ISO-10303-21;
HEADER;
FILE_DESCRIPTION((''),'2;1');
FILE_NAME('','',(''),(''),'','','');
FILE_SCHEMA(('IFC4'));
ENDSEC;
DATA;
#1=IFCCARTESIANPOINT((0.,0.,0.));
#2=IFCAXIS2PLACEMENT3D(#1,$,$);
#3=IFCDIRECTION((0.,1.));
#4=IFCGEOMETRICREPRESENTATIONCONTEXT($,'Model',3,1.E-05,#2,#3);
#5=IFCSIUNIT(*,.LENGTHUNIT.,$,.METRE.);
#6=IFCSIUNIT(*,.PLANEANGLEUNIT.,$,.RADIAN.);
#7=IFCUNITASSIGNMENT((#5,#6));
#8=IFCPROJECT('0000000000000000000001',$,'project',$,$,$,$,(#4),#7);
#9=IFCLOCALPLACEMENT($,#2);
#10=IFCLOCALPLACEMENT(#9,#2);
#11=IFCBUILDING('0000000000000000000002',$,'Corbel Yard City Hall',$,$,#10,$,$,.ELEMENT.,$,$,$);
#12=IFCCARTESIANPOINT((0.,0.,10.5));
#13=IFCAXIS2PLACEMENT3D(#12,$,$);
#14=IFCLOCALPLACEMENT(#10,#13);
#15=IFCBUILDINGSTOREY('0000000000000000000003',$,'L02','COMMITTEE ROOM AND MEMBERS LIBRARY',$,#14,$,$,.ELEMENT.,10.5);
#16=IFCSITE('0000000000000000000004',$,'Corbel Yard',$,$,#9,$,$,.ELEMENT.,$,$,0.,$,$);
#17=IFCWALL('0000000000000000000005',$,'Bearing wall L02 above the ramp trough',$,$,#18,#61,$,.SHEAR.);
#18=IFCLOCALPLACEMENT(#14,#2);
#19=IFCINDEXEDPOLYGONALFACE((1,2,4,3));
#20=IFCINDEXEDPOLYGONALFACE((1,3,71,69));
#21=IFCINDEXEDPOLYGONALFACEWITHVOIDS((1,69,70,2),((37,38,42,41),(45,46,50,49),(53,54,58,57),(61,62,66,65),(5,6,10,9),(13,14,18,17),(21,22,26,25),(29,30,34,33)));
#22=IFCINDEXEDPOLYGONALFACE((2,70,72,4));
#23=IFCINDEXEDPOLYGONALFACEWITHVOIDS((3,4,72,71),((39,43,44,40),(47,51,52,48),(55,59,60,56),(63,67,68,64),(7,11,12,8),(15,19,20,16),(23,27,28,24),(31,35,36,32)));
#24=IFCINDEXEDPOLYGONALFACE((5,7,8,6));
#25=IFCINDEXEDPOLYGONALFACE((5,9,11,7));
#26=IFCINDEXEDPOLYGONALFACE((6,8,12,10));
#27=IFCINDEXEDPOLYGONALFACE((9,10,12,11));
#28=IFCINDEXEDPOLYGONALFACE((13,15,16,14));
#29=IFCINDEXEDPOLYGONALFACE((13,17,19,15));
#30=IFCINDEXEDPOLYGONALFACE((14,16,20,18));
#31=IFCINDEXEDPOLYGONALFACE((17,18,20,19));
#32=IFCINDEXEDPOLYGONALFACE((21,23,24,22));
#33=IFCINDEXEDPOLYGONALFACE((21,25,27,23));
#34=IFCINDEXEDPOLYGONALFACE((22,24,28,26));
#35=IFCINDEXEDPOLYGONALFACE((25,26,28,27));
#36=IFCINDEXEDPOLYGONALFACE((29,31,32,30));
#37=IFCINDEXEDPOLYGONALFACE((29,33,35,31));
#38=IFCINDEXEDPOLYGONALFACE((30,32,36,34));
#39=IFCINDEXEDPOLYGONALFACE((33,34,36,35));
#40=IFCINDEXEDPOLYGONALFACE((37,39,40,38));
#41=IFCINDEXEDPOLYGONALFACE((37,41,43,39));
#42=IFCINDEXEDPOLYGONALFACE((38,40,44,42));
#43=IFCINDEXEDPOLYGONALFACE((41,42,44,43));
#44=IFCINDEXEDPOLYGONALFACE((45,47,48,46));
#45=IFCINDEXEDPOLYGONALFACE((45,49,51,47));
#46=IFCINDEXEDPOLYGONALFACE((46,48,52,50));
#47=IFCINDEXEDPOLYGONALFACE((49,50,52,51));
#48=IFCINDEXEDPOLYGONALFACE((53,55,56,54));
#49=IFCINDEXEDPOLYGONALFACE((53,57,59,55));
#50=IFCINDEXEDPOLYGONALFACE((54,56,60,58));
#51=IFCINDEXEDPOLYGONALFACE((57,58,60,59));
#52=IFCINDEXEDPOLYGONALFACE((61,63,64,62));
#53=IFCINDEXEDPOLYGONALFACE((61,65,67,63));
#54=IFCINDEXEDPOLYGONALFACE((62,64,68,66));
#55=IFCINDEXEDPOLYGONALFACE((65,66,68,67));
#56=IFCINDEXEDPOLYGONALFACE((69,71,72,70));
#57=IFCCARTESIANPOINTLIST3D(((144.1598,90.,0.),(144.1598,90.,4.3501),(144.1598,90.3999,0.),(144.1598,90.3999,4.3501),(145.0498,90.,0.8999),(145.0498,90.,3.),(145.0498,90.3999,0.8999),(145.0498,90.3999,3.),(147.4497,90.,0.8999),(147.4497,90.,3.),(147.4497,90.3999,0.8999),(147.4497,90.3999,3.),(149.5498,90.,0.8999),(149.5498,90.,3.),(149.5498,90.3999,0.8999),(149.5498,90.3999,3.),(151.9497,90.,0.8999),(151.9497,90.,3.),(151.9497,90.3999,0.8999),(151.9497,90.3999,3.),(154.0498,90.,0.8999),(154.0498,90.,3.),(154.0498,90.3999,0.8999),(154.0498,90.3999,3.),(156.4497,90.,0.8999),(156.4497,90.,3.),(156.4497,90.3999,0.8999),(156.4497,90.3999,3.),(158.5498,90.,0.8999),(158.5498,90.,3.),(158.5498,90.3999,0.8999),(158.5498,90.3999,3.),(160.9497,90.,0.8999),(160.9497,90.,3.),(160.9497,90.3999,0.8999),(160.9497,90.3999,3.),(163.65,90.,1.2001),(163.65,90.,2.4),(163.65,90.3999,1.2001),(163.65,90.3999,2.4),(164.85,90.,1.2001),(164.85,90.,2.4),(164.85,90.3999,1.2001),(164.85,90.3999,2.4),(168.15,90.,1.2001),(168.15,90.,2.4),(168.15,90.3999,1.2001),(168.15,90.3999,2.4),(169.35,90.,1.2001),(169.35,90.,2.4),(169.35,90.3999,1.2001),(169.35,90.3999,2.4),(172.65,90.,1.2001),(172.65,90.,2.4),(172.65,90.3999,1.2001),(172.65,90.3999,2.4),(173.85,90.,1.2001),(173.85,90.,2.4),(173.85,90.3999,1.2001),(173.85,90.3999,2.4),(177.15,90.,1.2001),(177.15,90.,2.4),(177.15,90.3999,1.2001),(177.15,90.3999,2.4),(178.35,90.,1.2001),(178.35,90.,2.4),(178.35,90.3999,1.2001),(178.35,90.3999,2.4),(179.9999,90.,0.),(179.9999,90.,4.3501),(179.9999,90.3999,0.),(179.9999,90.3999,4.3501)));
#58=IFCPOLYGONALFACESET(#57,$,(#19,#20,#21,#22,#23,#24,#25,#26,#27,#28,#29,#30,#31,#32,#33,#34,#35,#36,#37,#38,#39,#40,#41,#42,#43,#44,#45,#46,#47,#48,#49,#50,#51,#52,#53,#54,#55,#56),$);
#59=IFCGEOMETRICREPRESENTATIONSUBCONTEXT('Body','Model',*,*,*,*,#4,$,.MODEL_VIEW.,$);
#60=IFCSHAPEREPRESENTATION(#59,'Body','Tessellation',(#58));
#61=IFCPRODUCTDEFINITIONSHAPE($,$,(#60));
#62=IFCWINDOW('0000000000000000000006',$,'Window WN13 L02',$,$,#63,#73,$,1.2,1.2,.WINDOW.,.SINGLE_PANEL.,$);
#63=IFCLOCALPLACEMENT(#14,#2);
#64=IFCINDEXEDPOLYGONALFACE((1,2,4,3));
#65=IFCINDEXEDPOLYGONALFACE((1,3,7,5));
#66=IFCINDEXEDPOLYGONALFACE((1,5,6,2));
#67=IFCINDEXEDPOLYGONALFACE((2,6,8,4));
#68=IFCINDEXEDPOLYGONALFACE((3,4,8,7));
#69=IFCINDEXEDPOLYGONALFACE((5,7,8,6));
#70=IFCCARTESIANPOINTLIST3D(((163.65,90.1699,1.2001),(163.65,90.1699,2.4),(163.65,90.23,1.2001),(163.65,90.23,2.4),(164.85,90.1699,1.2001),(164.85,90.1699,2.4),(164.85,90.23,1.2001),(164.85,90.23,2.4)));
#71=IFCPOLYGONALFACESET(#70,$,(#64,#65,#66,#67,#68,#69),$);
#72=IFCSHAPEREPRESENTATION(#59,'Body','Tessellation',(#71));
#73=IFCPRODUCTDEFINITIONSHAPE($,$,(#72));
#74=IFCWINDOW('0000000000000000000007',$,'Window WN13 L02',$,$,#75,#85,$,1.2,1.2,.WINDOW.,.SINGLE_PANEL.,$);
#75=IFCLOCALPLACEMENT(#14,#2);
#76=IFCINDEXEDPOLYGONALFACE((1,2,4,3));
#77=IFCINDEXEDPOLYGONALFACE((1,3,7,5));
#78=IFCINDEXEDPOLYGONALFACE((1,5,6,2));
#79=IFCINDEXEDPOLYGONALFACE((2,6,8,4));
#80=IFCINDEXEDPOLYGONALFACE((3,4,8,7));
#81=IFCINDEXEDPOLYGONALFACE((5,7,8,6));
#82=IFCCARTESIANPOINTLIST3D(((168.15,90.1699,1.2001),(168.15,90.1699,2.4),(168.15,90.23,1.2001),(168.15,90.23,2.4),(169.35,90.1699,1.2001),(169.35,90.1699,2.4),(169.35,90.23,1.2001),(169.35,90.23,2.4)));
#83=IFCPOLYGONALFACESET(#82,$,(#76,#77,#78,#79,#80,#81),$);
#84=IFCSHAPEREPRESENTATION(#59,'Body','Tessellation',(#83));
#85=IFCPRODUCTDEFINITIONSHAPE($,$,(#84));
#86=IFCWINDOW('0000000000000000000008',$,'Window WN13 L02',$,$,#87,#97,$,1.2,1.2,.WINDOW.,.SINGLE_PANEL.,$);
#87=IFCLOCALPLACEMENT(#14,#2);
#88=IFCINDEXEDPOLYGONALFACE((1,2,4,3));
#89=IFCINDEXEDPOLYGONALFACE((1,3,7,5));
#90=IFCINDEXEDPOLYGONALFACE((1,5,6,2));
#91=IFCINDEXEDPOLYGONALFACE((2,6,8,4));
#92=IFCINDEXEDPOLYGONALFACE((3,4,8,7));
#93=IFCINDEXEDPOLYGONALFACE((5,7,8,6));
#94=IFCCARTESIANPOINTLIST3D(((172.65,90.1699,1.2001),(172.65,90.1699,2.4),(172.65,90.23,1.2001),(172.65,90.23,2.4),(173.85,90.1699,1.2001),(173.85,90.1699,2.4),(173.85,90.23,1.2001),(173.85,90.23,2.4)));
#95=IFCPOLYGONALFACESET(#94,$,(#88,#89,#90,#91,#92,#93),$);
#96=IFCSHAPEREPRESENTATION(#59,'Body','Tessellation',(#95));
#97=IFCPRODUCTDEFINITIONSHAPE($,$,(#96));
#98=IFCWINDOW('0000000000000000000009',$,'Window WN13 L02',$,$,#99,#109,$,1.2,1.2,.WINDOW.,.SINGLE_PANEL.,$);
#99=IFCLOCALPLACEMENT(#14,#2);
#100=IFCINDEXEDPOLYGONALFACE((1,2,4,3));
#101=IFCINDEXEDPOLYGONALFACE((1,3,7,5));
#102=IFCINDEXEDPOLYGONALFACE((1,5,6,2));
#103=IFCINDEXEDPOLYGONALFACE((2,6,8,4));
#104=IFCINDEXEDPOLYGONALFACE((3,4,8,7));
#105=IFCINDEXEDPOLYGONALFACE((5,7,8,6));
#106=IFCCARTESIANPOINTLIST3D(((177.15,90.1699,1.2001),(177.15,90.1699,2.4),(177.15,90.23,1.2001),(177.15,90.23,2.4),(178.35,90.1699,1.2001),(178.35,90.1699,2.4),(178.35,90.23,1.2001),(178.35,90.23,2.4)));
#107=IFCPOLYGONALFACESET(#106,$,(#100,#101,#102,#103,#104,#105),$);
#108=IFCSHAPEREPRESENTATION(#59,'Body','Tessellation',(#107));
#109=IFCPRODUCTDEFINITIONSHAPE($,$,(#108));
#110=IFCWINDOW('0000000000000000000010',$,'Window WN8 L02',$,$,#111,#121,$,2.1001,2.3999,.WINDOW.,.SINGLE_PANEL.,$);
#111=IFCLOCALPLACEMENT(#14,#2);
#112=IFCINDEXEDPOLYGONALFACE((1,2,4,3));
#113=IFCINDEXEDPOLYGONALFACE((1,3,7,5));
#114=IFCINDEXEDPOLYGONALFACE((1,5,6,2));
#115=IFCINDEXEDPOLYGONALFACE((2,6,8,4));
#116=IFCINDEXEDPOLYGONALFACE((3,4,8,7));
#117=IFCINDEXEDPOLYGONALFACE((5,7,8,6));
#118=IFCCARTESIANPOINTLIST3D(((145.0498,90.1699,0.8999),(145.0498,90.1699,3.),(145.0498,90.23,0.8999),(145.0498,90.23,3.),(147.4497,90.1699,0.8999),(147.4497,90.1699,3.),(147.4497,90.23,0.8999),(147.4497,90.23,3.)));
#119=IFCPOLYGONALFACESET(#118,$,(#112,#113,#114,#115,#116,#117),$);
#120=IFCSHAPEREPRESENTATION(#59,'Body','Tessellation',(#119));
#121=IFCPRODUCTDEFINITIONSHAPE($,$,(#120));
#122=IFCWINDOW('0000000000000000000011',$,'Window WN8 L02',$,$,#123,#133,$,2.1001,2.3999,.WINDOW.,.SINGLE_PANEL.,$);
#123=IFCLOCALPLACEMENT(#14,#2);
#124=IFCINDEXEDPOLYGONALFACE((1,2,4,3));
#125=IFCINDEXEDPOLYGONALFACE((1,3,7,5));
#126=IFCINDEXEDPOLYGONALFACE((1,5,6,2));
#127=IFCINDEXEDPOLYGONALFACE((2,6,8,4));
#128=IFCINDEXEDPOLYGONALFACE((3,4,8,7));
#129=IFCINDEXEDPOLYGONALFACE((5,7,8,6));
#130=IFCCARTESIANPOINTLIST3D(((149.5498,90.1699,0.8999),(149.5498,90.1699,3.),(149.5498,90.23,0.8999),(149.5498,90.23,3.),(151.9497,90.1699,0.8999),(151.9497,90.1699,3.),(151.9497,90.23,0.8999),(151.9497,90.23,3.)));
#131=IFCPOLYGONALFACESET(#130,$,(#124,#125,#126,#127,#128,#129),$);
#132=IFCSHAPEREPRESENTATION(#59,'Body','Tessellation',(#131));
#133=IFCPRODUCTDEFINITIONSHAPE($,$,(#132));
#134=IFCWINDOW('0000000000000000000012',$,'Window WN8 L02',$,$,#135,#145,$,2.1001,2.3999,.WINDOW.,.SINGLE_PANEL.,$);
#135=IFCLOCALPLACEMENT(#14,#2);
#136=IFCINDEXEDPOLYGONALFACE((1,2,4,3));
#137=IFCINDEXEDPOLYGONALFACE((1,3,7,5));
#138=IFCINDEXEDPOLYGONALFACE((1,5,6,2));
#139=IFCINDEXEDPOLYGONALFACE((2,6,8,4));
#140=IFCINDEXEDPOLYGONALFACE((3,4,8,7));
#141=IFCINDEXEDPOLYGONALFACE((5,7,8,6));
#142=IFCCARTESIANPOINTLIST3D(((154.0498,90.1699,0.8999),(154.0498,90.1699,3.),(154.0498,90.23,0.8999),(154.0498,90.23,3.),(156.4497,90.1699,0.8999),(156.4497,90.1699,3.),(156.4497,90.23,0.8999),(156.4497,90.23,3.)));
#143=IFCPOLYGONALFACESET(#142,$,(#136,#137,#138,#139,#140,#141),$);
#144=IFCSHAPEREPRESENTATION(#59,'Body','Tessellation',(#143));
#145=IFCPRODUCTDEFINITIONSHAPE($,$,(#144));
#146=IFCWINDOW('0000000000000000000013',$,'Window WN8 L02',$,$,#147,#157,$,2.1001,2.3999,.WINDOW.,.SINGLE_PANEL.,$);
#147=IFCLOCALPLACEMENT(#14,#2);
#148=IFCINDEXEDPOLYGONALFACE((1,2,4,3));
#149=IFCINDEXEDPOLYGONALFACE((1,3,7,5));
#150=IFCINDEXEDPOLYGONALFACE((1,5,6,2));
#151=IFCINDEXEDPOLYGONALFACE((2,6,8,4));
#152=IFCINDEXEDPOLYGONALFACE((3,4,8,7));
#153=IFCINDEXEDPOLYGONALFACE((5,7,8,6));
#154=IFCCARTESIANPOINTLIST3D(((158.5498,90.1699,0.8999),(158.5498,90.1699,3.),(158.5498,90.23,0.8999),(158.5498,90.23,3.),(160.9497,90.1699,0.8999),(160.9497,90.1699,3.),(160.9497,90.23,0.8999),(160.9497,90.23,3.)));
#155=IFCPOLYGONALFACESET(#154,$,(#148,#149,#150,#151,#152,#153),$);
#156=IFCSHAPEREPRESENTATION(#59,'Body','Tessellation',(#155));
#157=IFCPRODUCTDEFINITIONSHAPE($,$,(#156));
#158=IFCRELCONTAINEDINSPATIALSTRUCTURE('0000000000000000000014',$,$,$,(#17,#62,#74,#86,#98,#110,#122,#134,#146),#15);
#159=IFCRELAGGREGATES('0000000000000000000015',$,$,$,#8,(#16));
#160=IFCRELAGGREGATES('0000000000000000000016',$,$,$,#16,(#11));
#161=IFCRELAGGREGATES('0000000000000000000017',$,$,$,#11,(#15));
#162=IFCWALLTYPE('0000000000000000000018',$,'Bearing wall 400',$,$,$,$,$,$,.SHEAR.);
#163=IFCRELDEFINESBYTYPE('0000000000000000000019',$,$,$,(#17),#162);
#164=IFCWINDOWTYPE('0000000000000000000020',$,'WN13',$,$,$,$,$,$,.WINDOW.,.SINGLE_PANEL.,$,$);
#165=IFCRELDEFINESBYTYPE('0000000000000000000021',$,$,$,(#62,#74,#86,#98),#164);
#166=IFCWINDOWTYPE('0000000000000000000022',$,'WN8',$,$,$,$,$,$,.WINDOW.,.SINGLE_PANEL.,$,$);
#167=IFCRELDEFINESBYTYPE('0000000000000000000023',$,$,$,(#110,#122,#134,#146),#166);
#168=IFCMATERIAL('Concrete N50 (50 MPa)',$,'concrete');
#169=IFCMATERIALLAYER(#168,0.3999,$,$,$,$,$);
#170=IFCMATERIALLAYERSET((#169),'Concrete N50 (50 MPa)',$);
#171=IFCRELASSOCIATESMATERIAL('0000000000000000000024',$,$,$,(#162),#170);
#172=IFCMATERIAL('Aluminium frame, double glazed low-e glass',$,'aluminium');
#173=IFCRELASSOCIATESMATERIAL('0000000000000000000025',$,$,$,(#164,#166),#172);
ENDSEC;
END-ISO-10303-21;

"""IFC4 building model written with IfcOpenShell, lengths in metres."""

from ifc_helpers import new_model, si_unit, direction, frame, frame_2d, origin, place, context, subcontext, project, spatial, rectangle, extrude, material, layer, layer_set, type_object, element, fill, save


model = new_model("IFC4")

# Units and contexts
model_context = context("Model", 3, precision=1e-05, world=origin(), true_north=direction((0.0, 1.0)))
body_context = subcontext(model_context, "Body", "Model", "MODEL_VIEW")
ifc_project = project(units=[si_unit("LENGTHUNIT", "METRE"), si_unit("PLANEANGLEUNIT", "RADIAN")], contexts=[model_context])

# Site, building, storey
site_placement = place(None, origin())
site = spatial("IfcSite", under=ifc_project, at=site_placement, Name="Corbel Yard", CompositionType="ELEMENT", RefElevation=0.0)
building_placement = place(site_placement, origin())
building = spatial("IfcBuilding", under=site, at=building_placement, Name="Corbel Yard City Hall", CompositionType="ELEMENT")
storey_placement = place(building_placement, frame((0.0, 0.0, 10.5)))
storey = spatial("IfcBuildingStorey", under=building, at=storey_placement, Name="L02", Description="COMMITTEE ROOM AND MEMBERS LIBRARY", CompositionType="ELEMENT", Elevation=10.5)

# Wall, openings, windows
ifc_material_1 = material(Name="Concrete N50 (50 MPa)", Category="concrete")
ifc_layer_1 = layer(ifc_material_1, 0.3999)
ifc_layer_set_1 = layer_set([ifc_layer_1], Name="Concrete N50 (50 MPa)")
wall_type_1 = type_object("IfcWallType", Name="Bearing wall 400", PredefinedType="SHEAR", material=ifc_layer_set_1)
wall_1_placement = place(storey_placement, frame((144.1599, 90.2, 0.0), z_axis=(0.0, 0.0, 1.0), x_axis=(1.0, 0.0, 0.0)))
wall_1 = element("IfcWall", 1, at=wall_1_placement, inside=storey, type_object=wall_type_1, Name="Bearing wall L02 above the ramp trough", PredefinedType="SHEAR", context=body_context, shape_type="SweptSolid", body=[
    extrude(rectangle(XDim=35.8401, YDim=0.3999, at=frame_2d((17.9199, 0.0))), origin(), (0.0, 0.0, 1.0), 4.3501),
])
opening_1_placement = place(wall_1_placement, frame((0.8899, 0.0, 0.8999)))
opening_1 = element("IfcOpeningElement", 2, at=opening_1_placement, cuts=wall_1, PredefinedType="OPENING", context=body_context, shape_type="SweptSolid", body=[
    extrude(rectangle(XDim=2.3999, YDim=2.1001, at=frame_2d((1.2, 1.05))), frame((0.0, 0.21, 0.0), z_axis=(0.0, -1.0, 0.0), x_axis=(1.0, 0.0, 0.0)), (0.0, 0.0, 1.0), 0.4199),
])
opening_2_placement = place(wall_1_placement, frame((5.3899, 0.0, 0.8999)))
opening_2 = element("IfcOpeningElement", 3, at=opening_2_placement, cuts=wall_1, PredefinedType="OPENING", context=body_context, shape_type="SweptSolid", body=[
    extrude(rectangle(XDim=2.3999, YDim=2.1001, at=frame_2d((1.2, 1.05))), frame((0.0, 0.21, 0.0), z_axis=(0.0, -1.0, 0.0), x_axis=(1.0, 0.0, 0.0)), (0.0, 0.0, 1.0), 0.4199),
])
opening_3_placement = place(wall_1_placement, frame((9.8899, 0.0, 0.8999)))
opening_3 = element("IfcOpeningElement", 4, at=opening_3_placement, cuts=wall_1, PredefinedType="OPENING", context=body_context, shape_type="SweptSolid", body=[
    extrude(rectangle(XDim=2.3999, YDim=2.1001, at=frame_2d((1.2, 1.05))), frame((0.0, 0.21, 0.0), z_axis=(0.0, -1.0, 0.0), x_axis=(1.0, 0.0, 0.0)), (0.0, 0.0, 1.0), 0.4199),
])
opening_4_placement = place(wall_1_placement, frame((14.3899, 0.0, 0.8999)))
opening_4 = element("IfcOpeningElement", 5, at=opening_4_placement, cuts=wall_1, PredefinedType="OPENING", context=body_context, shape_type="SweptSolid", body=[
    extrude(rectangle(XDim=2.3999, YDim=2.1001, at=frame_2d((1.2, 1.05))), frame((0.0, 0.21, 0.0), z_axis=(0.0, -1.0, 0.0), x_axis=(1.0, 0.0, 0.0)), (0.0, 0.0, 1.0), 0.4199),
])
opening_5_placement = place(wall_1_placement, frame((19.49, 0.0, 1.2)))
opening_5 = element("IfcOpeningElement", 6, at=opening_5_placement, cuts=wall_1, PredefinedType="OPENING", context=body_context, shape_type="SweptSolid", body=[
    extrude(rectangle(XDim=1.2, YDim=1.2, at=frame_2d((0.6001, 0.6001))), frame((0.0, 0.21, 0.0), z_axis=(0.0, -1.0, 0.0), x_axis=(1.0, 0.0, 0.0)), (0.0, 0.0, 1.0), 0.4199),
])
opening_6_placement = place(wall_1_placement, frame((23.99, 0.0, 1.2)))
opening_6 = element("IfcOpeningElement", 7, at=opening_6_placement, cuts=wall_1, PredefinedType="OPENING", context=body_context, shape_type="SweptSolid", body=[
    extrude(rectangle(XDim=1.2, YDim=1.2, at=frame_2d((0.6001, 0.6001))), frame((0.0, 0.21, 0.0), z_axis=(0.0, -1.0, 0.0), x_axis=(1.0, 0.0, 0.0)), (0.0, 0.0, 1.0), 0.4199),
])
opening_7_placement = place(wall_1_placement, frame((28.49, 0.0, 1.2)))
opening_7 = element("IfcOpeningElement", 8, at=opening_7_placement, cuts=wall_1, PredefinedType="OPENING", context=body_context, shape_type="SweptSolid", body=[
    extrude(rectangle(XDim=1.2, YDim=1.2, at=frame_2d((0.6001, 0.6001))), frame((0.0, 0.21, 0.0), z_axis=(0.0, -1.0, 0.0), x_axis=(1.0, 0.0, 0.0)), (0.0, 0.0, 1.0), 0.4199),
])
opening_8_placement = place(wall_1_placement, frame((32.99, 0.0, 1.2)))
opening_8 = element("IfcOpeningElement", 9, at=opening_8_placement, cuts=wall_1, PredefinedType="OPENING", context=body_context, shape_type="SweptSolid", body=[
    extrude(rectangle(XDim=1.2, YDim=1.2, at=frame_2d((0.6001, 0.6001))), frame((0.0, 0.21, 0.0), z_axis=(0.0, -1.0, 0.0), x_axis=(1.0, 0.0, 0.0)), (0.0, 0.0, 1.0), 0.4199),
])
ifc_material_2 = material(Name="Aluminium frame, double glazed low-e glass", Category="aluminium")
window_type_1 = type_object("IfcWindowType", Name="WN13", PartitioningType="SINGLE_PANEL", PredefinedType="WINDOW", material=ifc_material_2)
window_1_placement = place(opening_5_placement, origin())
window_1 = element("IfcWindow", 10, at=window_1_placement, inside=storey, type_object=window_type_1, Name="Window WN13 L02", OverallHeight=1.2, OverallWidth=1.2, PartitioningType="SINGLE_PANEL", PredefinedType="WINDOW", context=body_context, shape_type="SweptSolid", body=[
    extrude(rectangle(XDim=1.2, YDim=1.2, at=frame_2d((0.6001, 0.6001))), frame((0.0, 0.03, 0.0), z_axis=(0.0, -1.0, 0.0), x_axis=(1.0, 0.0, 0.0)), (0.0, 0.0, 1.0), 0.0601),
])
fill(opening_5, window_1)
window_2_placement = place(opening_6_placement, origin())
window_2 = element("IfcWindow", 11, at=window_2_placement, inside=storey, type_object=window_type_1, Name="Window WN13 L02", OverallHeight=1.2, OverallWidth=1.2, PartitioningType="SINGLE_PANEL", PredefinedType="WINDOW", context=body_context, shape_type="SweptSolid", body=[
    extrude(rectangle(XDim=1.2, YDim=1.2, at=frame_2d((0.6001, 0.6001))), frame((0.0, 0.03, 0.0), z_axis=(0.0, -1.0, 0.0), x_axis=(1.0, 0.0, 0.0)), (0.0, 0.0, 1.0), 0.0601),
])
fill(opening_6, window_2)
window_3_placement = place(opening_7_placement, origin())
window_3 = element("IfcWindow", 12, at=window_3_placement, inside=storey, type_object=window_type_1, Name="Window WN13 L02", OverallHeight=1.2, OverallWidth=1.2, PartitioningType="SINGLE_PANEL", PredefinedType="WINDOW", context=body_context, shape_type="SweptSolid", body=[
    extrude(rectangle(XDim=1.2, YDim=1.2, at=frame_2d((0.6001, 0.6001))), frame((0.0, 0.03, 0.0), z_axis=(0.0, -1.0, 0.0), x_axis=(1.0, 0.0, 0.0)), (0.0, 0.0, 1.0), 0.0601),
])
fill(opening_7, window_3)
window_4_placement = place(opening_8_placement, origin())
window_4 = element("IfcWindow", 13, at=window_4_placement, inside=storey, type_object=window_type_1, Name="Window WN13 L02", OverallHeight=1.2, OverallWidth=1.2, PartitioningType="SINGLE_PANEL", PredefinedType="WINDOW", context=body_context, shape_type="SweptSolid", body=[
    extrude(rectangle(XDim=1.2, YDim=1.2, at=frame_2d((0.6001, 0.6001))), frame((0.0, 0.03, 0.0), z_axis=(0.0, -1.0, 0.0), x_axis=(1.0, 0.0, 0.0)), (0.0, 0.0, 1.0), 0.0601),
])
fill(opening_8, window_4)
window_type_2 = type_object("IfcWindowType", Name="WN8", PartitioningType="SINGLE_PANEL", PredefinedType="WINDOW", material=ifc_material_2)
window_5_placement = place(opening_1_placement, origin())
window_5 = element("IfcWindow", 14, at=window_5_placement, inside=storey, type_object=window_type_2, Name="Window WN8 L02", OverallHeight=2.1001, OverallWidth=2.3999, PartitioningType="SINGLE_PANEL", PredefinedType="WINDOW", context=body_context, shape_type="SweptSolid", body=[
    extrude(rectangle(XDim=2.3999, YDim=2.1001, at=frame_2d((1.2, 1.05))), frame((0.0, 0.03, 0.0), z_axis=(0.0, -1.0, 0.0), x_axis=(1.0, 0.0, 0.0)), (0.0, 0.0, 1.0), 0.0601),
])
fill(opening_1, window_5)
window_6_placement = place(opening_2_placement, origin())
window_6 = element("IfcWindow", 15, at=window_6_placement, inside=storey, type_object=window_type_2, Name="Window WN8 L02", OverallHeight=2.1001, OverallWidth=2.3999, PartitioningType="SINGLE_PANEL", PredefinedType="WINDOW", context=body_context, shape_type="SweptSolid", body=[
    extrude(rectangle(XDim=2.3999, YDim=2.1001, at=frame_2d((1.2, 1.05))), frame((0.0, 0.03, 0.0), z_axis=(0.0, -1.0, 0.0), x_axis=(1.0, 0.0, 0.0)), (0.0, 0.0, 1.0), 0.0601),
])
fill(opening_2, window_6)
window_7_placement = place(opening_3_placement, origin())
window_7 = element("IfcWindow", 16, at=window_7_placement, inside=storey, type_object=window_type_2, Name="Window WN8 L02", OverallHeight=2.1001, OverallWidth=2.3999, PartitioningType="SINGLE_PANEL", PredefinedType="WINDOW", context=body_context, shape_type="SweptSolid", body=[
    extrude(rectangle(XDim=2.3999, YDim=2.1001, at=frame_2d((1.2, 1.05))), frame((0.0, 0.03, 0.0), z_axis=(0.0, -1.0, 0.0), x_axis=(1.0, 0.0, 0.0)), (0.0, 0.0, 1.0), 0.0601),
])
fill(opening_3, window_7)
window_8_placement = place(opening_4_placement, origin())
window_8 = element("IfcWindow", 17, at=window_8_placement, inside=storey, type_object=window_type_2, Name="Window WN8 L02", OverallHeight=2.1001, OverallWidth=2.3999, PartitioningType="SINGLE_PANEL", PredefinedType="WINDOW", context=body_context, shape_type="SweptSolid", body=[
    extrude(rectangle(XDim=2.3999, YDim=2.1001, at=frame_2d((1.2, 1.05))), frame((0.0, 0.03, 0.0), z_axis=(0.0, -1.0, 0.0), x_axis=(1.0, 0.0, 0.0)), (0.0, 0.0, 1.0), 0.0601),
])
fill(opening_4, window_8)

save(model, "model.ifc")
